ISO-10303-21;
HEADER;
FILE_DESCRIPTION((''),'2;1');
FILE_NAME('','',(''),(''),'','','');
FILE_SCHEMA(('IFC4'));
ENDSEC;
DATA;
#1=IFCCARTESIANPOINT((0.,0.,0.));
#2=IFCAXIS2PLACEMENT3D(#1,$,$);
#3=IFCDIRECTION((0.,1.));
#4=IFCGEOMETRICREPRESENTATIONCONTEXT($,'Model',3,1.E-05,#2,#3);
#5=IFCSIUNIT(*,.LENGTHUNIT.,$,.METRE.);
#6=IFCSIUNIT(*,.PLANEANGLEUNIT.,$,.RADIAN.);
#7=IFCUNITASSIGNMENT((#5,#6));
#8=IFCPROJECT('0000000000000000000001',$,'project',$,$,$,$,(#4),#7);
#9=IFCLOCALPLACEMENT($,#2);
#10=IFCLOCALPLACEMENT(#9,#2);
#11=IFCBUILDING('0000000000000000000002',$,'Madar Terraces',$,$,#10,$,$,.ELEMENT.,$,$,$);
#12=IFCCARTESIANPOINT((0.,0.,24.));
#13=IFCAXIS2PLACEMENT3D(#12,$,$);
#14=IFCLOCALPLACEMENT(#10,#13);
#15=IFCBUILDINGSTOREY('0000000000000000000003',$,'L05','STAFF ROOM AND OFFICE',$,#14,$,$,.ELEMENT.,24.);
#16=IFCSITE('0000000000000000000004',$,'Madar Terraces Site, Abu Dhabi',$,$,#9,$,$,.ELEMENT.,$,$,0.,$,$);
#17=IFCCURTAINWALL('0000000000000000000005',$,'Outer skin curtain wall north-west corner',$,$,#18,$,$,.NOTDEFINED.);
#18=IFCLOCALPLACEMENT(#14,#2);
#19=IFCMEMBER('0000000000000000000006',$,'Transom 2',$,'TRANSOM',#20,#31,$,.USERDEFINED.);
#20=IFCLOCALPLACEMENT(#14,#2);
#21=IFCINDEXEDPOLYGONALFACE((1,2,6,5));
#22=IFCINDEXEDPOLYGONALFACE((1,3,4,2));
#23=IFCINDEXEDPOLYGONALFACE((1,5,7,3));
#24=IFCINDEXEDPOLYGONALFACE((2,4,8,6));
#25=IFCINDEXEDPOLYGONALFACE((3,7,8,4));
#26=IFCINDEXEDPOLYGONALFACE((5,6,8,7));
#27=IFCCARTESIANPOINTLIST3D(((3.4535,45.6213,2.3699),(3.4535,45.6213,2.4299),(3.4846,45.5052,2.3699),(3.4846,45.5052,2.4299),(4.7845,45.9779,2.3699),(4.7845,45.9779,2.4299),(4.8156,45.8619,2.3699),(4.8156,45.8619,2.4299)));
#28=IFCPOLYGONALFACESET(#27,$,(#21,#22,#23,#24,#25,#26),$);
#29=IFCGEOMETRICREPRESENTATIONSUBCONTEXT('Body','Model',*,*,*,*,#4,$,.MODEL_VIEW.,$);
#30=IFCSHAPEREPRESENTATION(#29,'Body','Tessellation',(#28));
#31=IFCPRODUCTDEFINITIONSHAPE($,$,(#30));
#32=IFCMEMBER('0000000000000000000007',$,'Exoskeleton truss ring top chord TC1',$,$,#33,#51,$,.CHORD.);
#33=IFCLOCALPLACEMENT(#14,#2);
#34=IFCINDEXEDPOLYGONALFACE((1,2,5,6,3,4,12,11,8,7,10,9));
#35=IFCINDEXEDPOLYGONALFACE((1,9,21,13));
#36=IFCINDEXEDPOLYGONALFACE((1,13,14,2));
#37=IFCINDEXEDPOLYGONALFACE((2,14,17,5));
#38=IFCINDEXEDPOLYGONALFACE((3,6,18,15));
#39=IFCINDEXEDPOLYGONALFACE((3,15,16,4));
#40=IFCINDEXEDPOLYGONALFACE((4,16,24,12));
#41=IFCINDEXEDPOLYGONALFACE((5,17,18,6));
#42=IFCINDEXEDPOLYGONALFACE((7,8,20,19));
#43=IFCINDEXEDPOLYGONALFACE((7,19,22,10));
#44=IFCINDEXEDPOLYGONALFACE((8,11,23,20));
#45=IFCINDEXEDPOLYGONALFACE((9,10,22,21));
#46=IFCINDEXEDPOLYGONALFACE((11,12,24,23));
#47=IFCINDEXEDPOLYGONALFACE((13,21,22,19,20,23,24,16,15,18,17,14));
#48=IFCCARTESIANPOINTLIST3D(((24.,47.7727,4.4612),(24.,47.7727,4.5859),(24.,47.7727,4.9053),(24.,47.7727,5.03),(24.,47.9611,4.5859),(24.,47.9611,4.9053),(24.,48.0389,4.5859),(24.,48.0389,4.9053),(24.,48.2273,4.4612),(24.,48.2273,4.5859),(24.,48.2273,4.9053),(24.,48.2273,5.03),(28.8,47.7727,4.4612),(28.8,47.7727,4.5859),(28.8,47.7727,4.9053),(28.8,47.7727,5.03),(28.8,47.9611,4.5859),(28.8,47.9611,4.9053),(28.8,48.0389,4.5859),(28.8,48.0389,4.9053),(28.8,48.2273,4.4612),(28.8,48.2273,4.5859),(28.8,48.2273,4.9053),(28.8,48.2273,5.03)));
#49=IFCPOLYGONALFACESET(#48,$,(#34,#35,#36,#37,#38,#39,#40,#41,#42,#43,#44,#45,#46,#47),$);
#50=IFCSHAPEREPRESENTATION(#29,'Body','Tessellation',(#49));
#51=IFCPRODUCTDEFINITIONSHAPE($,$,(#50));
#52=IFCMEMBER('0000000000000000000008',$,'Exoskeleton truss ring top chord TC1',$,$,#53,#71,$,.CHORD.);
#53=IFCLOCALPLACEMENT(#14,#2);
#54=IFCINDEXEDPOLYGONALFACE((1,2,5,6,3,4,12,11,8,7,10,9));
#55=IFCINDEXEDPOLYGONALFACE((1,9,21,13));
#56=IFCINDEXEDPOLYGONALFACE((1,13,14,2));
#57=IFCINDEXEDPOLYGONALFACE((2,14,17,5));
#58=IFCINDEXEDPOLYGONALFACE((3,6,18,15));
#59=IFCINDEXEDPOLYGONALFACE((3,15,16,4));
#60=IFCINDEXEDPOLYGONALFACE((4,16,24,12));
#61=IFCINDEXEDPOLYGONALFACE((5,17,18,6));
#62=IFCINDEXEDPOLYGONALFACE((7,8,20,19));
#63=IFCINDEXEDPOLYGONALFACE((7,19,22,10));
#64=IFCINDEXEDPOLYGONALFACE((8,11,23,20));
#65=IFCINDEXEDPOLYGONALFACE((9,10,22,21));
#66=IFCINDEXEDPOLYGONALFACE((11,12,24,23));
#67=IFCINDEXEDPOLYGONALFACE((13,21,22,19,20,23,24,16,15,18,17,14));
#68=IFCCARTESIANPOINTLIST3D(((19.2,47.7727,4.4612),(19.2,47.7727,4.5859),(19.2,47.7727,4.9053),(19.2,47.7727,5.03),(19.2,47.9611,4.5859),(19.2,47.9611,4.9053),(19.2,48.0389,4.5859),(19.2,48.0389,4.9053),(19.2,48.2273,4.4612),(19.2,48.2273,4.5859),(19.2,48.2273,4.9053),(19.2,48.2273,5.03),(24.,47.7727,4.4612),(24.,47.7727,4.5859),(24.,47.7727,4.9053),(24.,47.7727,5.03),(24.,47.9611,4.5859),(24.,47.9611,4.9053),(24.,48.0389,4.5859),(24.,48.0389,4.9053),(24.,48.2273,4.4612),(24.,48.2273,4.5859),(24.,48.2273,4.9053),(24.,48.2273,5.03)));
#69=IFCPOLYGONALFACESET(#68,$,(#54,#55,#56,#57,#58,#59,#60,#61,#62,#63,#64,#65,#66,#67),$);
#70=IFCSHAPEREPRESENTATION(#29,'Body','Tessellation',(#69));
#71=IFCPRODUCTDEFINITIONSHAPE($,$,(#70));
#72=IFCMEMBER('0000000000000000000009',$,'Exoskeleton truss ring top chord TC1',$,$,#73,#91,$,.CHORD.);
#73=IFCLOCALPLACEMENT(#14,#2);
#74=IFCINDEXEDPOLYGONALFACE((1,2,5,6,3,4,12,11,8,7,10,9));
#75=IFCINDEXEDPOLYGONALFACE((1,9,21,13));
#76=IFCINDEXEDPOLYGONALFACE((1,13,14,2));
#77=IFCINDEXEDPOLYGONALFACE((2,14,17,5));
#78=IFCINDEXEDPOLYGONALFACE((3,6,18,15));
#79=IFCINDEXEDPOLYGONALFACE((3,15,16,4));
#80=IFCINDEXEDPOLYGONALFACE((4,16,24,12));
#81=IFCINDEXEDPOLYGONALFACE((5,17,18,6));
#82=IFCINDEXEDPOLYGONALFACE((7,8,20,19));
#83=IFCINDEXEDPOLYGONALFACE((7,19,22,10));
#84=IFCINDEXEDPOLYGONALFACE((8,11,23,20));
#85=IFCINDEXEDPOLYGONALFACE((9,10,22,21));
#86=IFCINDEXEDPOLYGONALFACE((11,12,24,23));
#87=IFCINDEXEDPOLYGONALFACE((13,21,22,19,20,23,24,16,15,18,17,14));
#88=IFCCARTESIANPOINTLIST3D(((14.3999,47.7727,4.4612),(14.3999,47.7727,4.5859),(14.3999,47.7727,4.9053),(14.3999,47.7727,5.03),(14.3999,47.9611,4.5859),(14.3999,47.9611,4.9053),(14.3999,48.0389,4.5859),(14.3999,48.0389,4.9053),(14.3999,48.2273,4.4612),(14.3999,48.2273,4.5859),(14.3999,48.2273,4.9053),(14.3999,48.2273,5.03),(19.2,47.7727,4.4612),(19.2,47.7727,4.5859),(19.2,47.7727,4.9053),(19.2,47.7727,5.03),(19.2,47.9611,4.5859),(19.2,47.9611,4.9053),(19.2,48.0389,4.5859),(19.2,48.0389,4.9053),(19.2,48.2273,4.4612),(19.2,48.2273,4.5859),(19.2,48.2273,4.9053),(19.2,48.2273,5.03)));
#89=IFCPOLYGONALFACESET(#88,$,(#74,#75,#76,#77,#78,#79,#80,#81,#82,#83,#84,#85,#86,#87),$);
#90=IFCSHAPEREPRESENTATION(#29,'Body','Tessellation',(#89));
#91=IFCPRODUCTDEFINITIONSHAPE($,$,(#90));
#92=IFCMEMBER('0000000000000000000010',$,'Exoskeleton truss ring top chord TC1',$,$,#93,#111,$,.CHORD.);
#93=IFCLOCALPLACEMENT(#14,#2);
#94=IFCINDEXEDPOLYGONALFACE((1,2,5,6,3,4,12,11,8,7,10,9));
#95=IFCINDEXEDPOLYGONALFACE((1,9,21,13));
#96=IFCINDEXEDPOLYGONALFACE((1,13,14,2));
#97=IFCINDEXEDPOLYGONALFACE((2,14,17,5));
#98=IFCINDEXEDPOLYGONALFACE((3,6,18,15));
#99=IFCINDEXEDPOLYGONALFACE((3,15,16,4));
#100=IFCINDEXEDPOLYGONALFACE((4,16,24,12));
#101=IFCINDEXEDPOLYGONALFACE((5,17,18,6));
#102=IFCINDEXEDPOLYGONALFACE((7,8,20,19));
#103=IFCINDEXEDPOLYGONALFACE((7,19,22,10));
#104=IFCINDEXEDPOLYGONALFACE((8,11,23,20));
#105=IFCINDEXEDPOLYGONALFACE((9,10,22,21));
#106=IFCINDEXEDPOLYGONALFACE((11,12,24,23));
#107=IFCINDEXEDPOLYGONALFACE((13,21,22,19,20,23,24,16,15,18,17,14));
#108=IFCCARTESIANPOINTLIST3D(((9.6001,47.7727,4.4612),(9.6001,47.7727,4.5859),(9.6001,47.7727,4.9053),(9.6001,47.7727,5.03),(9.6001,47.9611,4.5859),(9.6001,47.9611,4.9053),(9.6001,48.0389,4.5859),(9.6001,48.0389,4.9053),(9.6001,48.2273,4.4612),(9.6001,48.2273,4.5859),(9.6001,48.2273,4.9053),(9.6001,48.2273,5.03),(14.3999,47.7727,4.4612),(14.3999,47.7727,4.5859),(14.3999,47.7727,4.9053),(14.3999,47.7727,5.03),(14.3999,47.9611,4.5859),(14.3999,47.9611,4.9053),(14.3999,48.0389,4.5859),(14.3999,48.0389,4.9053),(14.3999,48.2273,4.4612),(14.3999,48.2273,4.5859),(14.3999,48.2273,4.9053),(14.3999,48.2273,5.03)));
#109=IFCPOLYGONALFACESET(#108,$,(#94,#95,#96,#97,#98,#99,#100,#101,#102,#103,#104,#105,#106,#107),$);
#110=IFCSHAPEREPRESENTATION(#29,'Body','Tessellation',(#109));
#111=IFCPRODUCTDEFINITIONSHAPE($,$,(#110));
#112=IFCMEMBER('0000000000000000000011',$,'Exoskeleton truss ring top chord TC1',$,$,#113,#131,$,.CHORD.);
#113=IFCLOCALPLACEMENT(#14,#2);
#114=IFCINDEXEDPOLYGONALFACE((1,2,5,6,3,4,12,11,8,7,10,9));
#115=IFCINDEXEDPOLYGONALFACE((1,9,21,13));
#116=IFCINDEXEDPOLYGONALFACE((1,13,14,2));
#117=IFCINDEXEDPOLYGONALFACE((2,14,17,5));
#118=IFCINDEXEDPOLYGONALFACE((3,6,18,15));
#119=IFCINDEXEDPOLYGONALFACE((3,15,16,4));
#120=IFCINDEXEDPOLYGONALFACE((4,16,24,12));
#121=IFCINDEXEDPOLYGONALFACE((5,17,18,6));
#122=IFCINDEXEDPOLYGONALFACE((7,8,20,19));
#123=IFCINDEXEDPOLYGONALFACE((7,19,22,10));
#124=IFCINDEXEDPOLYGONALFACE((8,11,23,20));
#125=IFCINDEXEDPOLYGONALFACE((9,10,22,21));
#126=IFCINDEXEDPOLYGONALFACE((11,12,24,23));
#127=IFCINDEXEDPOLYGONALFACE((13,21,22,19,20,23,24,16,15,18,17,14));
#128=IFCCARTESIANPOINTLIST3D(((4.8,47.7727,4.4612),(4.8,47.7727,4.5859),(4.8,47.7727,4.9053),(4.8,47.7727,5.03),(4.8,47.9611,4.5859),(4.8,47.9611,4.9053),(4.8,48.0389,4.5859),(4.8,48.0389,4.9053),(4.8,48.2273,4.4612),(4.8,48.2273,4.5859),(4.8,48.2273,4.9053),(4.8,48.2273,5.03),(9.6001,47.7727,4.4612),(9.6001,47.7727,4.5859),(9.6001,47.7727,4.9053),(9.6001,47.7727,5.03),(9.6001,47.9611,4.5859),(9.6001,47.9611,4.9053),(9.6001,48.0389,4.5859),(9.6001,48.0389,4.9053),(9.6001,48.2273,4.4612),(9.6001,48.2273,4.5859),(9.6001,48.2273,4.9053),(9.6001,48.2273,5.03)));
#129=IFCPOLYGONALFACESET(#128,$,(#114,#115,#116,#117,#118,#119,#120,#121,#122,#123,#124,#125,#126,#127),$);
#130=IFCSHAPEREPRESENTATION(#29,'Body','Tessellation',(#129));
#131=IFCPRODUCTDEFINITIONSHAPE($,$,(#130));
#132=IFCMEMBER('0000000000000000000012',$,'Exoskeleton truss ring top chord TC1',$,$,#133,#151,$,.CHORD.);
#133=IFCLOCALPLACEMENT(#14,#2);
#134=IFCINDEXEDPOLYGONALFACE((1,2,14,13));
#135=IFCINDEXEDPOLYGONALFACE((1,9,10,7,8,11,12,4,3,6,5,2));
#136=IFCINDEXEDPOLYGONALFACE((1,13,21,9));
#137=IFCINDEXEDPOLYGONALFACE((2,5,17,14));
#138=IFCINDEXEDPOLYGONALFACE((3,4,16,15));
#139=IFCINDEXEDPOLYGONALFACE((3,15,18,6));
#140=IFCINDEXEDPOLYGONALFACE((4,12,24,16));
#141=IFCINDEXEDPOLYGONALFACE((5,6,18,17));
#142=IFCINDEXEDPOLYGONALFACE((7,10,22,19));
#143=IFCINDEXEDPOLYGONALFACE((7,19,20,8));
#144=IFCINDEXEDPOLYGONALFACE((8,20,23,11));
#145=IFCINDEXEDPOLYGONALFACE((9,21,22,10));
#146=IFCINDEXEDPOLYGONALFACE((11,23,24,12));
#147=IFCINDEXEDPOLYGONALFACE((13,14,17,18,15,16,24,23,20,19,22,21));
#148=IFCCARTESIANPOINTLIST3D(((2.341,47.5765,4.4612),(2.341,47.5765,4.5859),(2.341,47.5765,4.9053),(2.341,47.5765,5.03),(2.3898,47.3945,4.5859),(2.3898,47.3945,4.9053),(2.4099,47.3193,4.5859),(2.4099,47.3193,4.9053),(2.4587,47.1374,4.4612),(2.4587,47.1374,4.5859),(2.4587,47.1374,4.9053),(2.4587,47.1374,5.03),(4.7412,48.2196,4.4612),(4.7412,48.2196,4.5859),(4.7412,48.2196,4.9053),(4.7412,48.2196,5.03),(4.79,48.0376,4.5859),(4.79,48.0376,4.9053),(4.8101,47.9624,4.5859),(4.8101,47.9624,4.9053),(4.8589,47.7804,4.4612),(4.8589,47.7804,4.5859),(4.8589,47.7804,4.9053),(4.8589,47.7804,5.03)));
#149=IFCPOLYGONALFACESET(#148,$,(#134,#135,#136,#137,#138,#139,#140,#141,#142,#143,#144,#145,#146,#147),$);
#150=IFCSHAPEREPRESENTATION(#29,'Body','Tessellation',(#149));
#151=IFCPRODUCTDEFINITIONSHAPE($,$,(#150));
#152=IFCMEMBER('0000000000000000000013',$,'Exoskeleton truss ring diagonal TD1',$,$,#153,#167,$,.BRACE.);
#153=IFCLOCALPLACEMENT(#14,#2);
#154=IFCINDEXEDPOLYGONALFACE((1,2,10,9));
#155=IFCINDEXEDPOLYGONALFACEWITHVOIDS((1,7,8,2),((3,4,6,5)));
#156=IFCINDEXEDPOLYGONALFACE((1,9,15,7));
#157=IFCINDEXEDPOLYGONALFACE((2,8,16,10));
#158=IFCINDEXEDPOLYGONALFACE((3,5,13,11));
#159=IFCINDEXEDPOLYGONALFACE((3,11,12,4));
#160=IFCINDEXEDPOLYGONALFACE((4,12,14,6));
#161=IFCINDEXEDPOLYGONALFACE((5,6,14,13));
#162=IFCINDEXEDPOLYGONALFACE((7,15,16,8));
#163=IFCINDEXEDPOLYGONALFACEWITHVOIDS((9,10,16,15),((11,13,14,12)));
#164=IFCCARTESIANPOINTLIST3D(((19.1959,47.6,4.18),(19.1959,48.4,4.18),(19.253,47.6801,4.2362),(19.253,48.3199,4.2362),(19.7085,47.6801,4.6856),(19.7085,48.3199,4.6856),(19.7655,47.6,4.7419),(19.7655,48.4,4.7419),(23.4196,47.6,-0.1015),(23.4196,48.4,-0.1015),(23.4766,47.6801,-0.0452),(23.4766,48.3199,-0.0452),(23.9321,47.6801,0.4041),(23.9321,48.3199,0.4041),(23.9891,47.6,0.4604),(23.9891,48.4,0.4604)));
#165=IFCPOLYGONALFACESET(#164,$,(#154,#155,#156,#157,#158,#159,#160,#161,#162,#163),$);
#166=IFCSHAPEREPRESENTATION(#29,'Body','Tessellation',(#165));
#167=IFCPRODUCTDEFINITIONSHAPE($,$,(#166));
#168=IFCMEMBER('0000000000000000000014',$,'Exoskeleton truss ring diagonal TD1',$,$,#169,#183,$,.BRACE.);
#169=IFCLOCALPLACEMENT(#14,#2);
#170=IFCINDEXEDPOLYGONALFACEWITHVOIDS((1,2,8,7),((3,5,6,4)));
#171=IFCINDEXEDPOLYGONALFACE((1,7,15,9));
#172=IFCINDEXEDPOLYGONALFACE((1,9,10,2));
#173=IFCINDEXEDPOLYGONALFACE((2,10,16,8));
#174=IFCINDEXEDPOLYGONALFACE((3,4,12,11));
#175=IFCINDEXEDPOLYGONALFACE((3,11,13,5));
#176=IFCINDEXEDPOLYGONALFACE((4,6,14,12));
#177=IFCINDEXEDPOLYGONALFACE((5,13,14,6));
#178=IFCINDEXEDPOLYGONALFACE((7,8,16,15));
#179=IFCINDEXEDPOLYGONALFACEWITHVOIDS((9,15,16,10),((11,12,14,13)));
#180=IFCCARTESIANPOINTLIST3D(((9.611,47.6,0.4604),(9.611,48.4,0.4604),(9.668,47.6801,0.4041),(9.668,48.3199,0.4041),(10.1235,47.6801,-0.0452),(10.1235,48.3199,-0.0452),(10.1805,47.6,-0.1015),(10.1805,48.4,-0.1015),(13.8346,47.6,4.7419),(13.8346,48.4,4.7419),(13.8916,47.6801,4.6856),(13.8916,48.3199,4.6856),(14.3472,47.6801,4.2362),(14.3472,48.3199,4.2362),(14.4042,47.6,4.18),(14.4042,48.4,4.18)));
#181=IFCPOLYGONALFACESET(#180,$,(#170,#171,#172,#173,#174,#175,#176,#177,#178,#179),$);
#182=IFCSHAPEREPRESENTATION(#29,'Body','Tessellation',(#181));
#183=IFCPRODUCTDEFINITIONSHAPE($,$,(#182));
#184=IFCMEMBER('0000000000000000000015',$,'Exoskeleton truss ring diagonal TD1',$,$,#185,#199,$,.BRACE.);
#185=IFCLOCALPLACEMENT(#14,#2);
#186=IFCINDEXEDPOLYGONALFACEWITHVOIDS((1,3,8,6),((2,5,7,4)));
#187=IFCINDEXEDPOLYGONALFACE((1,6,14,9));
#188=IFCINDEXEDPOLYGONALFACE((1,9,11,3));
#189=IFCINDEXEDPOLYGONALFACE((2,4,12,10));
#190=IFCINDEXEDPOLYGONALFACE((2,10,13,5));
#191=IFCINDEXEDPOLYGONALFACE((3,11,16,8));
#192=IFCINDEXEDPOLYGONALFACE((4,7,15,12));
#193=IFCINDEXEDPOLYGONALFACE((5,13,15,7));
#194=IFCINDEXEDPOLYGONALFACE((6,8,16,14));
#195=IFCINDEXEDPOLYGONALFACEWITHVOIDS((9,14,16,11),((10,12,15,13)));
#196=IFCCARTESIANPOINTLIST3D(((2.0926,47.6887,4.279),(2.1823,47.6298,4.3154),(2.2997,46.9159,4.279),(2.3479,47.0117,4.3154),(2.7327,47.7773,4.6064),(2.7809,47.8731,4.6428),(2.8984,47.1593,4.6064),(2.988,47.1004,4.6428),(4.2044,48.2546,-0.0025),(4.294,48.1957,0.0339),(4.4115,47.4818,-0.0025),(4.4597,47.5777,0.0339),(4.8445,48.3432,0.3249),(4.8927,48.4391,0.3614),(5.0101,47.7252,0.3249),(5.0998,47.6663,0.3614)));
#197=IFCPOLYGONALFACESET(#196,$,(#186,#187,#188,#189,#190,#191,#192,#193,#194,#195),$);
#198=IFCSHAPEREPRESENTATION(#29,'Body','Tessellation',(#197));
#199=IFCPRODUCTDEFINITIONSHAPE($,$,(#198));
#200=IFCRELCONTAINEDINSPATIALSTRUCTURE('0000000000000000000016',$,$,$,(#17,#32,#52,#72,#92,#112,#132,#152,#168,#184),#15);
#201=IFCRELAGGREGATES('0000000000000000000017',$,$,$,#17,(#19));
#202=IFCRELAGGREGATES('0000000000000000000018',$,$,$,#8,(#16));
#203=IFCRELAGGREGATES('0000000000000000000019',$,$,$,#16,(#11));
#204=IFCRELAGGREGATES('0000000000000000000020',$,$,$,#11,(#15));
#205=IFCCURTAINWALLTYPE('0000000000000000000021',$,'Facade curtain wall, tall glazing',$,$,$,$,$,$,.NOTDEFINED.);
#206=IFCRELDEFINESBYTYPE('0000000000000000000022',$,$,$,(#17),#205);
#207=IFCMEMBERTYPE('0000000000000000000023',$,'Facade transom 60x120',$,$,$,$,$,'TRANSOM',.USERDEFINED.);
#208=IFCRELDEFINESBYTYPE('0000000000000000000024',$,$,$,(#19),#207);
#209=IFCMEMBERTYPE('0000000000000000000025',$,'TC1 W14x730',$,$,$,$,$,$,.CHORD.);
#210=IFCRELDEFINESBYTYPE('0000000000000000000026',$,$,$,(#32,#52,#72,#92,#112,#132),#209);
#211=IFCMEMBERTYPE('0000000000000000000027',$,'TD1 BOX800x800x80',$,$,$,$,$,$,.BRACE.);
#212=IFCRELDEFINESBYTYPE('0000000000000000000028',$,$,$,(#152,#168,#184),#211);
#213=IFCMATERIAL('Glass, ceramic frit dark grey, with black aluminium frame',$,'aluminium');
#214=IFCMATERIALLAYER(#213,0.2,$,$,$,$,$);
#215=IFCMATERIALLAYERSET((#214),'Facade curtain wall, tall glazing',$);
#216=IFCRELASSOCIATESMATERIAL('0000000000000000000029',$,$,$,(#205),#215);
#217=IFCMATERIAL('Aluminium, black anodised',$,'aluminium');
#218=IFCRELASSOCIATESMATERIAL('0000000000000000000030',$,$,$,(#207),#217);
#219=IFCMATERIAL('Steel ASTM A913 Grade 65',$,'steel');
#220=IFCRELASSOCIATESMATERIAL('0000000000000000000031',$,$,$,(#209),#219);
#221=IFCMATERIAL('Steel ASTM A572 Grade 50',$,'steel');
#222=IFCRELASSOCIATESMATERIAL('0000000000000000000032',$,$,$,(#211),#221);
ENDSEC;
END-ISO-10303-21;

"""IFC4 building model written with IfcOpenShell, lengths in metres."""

from ifc_helpers import new_model, si_unit, direction, frame, origin, origin_2d, place, context, subcontext, project, spatial, rectangle, hollow_rectangle, i_section, extrude, material, layer, layer_set, material_profile, profile_set, type_object, element, aggregate, save


model = new_model("IFC4")

# Units and contexts
model_context = context("Model", 3, precision=1e-05, world=origin(), true_north=direction((0.0, 1.0)))
body_context = subcontext(model_context, "Body", "Model", "MODEL_VIEW")
ifc_project = project(units=[si_unit("LENGTHUNIT", "METRE"), si_unit("PLANEANGLEUNIT", "RADIAN")], contexts=[model_context])

# Site, building, storey
site_placement = place(None, origin())
site = spatial("IfcSite", under=ifc_project, at=site_placement, Name="Madar Terraces Site, Abu Dhabi", CompositionType="ELEMENT", RefElevation=0.0)
building_placement = place(site_placement, origin())
building = spatial("IfcBuilding", under=site, at=building_placement, Name="Madar Terraces", CompositionType="ELEMENT")
storey_placement = place(building_placement, frame((0.0, 0.0, 24.0)))
storey = spatial("IfcBuildingStorey", under=building, at=storey_placement, Name="L05", Description="STAFF ROOM AND OFFICE", CompositionType="ELEMENT", Elevation=24.0)

# Curtain wall, member
ifc_material_1 = material(Name="Glass, ceramic frit dark grey, with black aluminium frame", Category="aluminium")
ifc_layer_1 = layer(ifc_material_1, 0.2)
ifc_layer_set_1 = layer_set([ifc_layer_1], Name="Facade curtain wall, tall glazing")
curtain_wall_type = type_object("IfcCurtainWallType", Name="Facade curtain wall, tall glazing", PredefinedType="NOTDEFINED", material=ifc_layer_set_1)
ifc_material_2 = material(Name="Aluminium, black anodised", Category="aluminium")
ifc_material_profile_1 = material_profile(ifc_material_2, rectangle(XDim=0.1201, YDim=0.0601, at=origin_2d()), Name="Facade transom 60x120")
ifc_profile_set_1 = profile_set([ifc_material_profile_1], Name="Aluminium, black anodised")
member_type_1 = type_object("IfcMemberType", Name="Facade transom 60x120", ElementType="TRANSOM", PredefinedType="USERDEFINED", material=ifc_profile_set_1)
curtain_wall_1_placement = place(storey_placement, origin())
curtain_wall_1 = element("IfcCurtainWall", 1, at=curtain_wall_1_placement, inside=storey, type_object=curtain_wall_type, Name="Outer skin curtain wall north-west corner", PredefinedType="NOTDEFINED")
member_1_placement = place(storey_placement, frame((4.8, 45.9199, 2.3999), z_axis=(-0.96592, -0.258842, 0.0), x_axis=(0.258842, -0.96592, 0.0)))
member_1 = element("IfcMember", 2, at=member_1_placement, type_object=member_type_1, Name="Transom 2", ObjectType="TRANSOM", PredefinedType="USERDEFINED", context=body_context, shape_type="SweptSolid", body=[
    extrude(rectangle(XDim=0.1201, YDim=0.0601, at=origin_2d()), origin(), (0.0, 0.0, 1.0), 1.3779),
])
aggregate(curtain_wall_1, [member_1])

# Members
ifc_material_3 = material(Name="Steel ASTM A913 Grade 65", Category="steel")
ifc_material_profile_2 = material_profile(ifc_material_3, i_section(OverallWidth=0.4546, OverallDepth=0.5688, WebThickness=0.0779, FlangeThickness=0.1248, at=origin_2d()), Name="W14x730")
ifc_profile_set_2 = profile_set([ifc_material_profile_2], Name="Steel ASTM A913 Grade 65")
member_type_2 = type_object("IfcMemberType", Name="TC1 W14x730", PredefinedType="CHORD", material=ifc_profile_set_2)
for number, where, z_axis, x_axis, name in (
    (3, (28.8, 48.0, 4.7456), (-1.0, 0.0, 0.0), (0.0, -1.0, 0.0), "Exoskeleton truss ring top chord TC1"),
    (4, (24.0, 48.0, 4.7456), (-1.0, 0.0, 0.0), (0.0, -1.0, 0.0), "Exoskeleton truss ring top chord TC1"),
    (5, (19.2, 48.0, 4.7456), (-1.0, 0.0, 0.0), (0.0, -1.0, 0.0), "Exoskeleton truss ring top chord TC1"),
):
    element("IfcMember", number, at=place(storey_placement, frame(where, z_axis=z_axis, x_axis=x_axis)), inside=storey, type_object=member_type_2, Name=name, PredefinedType="CHORD", context=body_context, shape_type="SweptSolid", body=[
        extrude(i_section(OverallWidth=0.4546, OverallDepth=0.5688, WebThickness=0.0779, FlangeThickness=0.1248, at=origin_2d()), origin(), (0.0, 0.0, 1.0), 4.8),
    ])
member_2_placement = place(storey_placement, frame((14.3999, 48.0, 4.7456), z_axis=(-1.0, 0.0, 0.0), x_axis=(0.0, -1.0, 0.0)))
element("IfcMember", 6, at=member_2_placement, inside=storey, type_object=member_type_2, Name="Exoskeleton truss ring top chord TC1", PredefinedType="CHORD", context=body_context, shape_type="SweptSolid", body=[
    extrude(i_section(OverallWidth=0.4546, OverallDepth=0.5688, WebThickness=0.0779, FlangeThickness=0.1248, at=origin_2d()), origin(), (0.0, 0.0, 1.0), 4.7998),
])
member_3_placement = place(storey_placement, frame((9.6001, 48.0, 4.7456), z_axis=(-1.0, 0.0, 0.0), x_axis=(0.0, -1.0, 0.0)))
element("IfcMember", 7, at=member_3_placement, inside=storey, type_object=member_type_2, Name="Exoskeleton truss ring top chord TC1", PredefinedType="CHORD", context=body_context, shape_type="SweptSolid", body=[
    extrude(i_section(OverallWidth=0.4546, OverallDepth=0.5688, WebThickness=0.0779, FlangeThickness=0.1248, at=origin_2d()), origin(), (0.0, 0.0, 1.0), 4.8),
])
member_4_placement = place(storey_placement, frame((4.8, 48.0, 4.7456), z_axis=(-0.965931, -0.2588, 0.0), x_axis=(0.2588, -0.965931, 0.0)))
element("IfcMember", 8, at=member_4_placement, inside=storey, type_object=member_type_2, Name="Exoskeleton truss ring top chord TC1", PredefinedType="CHORD", context=body_context, shape_type="SweptSolid", body=[
    extrude(i_section(OverallWidth=0.4546, OverallDepth=0.5688, WebThickness=0.0779, FlangeThickness=0.1248, at=origin_2d()), origin(), (0.0, 0.0, 1.0), 2.4849),
])
ifc_material_4 = material(Name="Steel ASTM A572 Grade 50", Category="steel")
ifc_material_profile_3 = material_profile(ifc_material_4, hollow_rectangle(XDim=0.8, YDim=0.8, WallThickness=0.0801, at=origin_2d()), Name="BOX800x800x80")
ifc_profile_set_3 = profile_set([ifc_material_profile_3], Name="Steel ASTM A572 Grade 50")
member_type_3 = type_object("IfcMemberType", Name="TD1 BOX800x800x80", PredefinedType="BRACE", material=ifc_profile_set_3)
for number, where, z_axis, x_axis, name in (
    (9, (23.7043, 48.0, 0.1794), (-0.70228, 0.0, 0.711901), (0.0, -1.0, 0.0), "Exoskeleton truss ring diagonal TD1"),
    (10, (14.1194, 48.0, 4.4609), (-0.70228, 0.0, -0.711901), (0.0, -1.0, 0.0), "Exoskeleton truss ring diagonal TD1"),
):
    element("IfcMember", number, at=place(storey_placement, frame(where, z_axis=z_axis, x_axis=x_axis)), inside=storey, type_object=member_type_3, Name=name, PredefinedType="BRACE", context=body_context, shape_type="SweptSolid", body=[
        extrude(hollow_rectangle(XDim=0.8, YDim=0.8, WallThickness=0.0801, at=origin_2d()), origin(), (0.0, 0.0, 1.0), 6.0142),
    ])
member_5_placement = place(storey_placement, frame((4.6521, 47.9604, 0.1794), z_axis=(-0.439283, -0.117718, 0.890602), x_axis=(0.258844, -0.965919, 0.0)))
element("IfcMember", 11, at=member_5_placement, inside=storey, type_object=member_type_3, Name="Exoskeleton truss ring diagonal TD1", PredefinedType="BRACE", context=body_context, shape_type="SweptSolid", body=[
    extrude(hollow_rectangle(XDim=0.8, YDim=0.8, WallThickness=0.0801, at=origin_2d()), origin(), (0.0, 0.0, 1.0), 4.8074),
])

save(model, "model.ifc")
